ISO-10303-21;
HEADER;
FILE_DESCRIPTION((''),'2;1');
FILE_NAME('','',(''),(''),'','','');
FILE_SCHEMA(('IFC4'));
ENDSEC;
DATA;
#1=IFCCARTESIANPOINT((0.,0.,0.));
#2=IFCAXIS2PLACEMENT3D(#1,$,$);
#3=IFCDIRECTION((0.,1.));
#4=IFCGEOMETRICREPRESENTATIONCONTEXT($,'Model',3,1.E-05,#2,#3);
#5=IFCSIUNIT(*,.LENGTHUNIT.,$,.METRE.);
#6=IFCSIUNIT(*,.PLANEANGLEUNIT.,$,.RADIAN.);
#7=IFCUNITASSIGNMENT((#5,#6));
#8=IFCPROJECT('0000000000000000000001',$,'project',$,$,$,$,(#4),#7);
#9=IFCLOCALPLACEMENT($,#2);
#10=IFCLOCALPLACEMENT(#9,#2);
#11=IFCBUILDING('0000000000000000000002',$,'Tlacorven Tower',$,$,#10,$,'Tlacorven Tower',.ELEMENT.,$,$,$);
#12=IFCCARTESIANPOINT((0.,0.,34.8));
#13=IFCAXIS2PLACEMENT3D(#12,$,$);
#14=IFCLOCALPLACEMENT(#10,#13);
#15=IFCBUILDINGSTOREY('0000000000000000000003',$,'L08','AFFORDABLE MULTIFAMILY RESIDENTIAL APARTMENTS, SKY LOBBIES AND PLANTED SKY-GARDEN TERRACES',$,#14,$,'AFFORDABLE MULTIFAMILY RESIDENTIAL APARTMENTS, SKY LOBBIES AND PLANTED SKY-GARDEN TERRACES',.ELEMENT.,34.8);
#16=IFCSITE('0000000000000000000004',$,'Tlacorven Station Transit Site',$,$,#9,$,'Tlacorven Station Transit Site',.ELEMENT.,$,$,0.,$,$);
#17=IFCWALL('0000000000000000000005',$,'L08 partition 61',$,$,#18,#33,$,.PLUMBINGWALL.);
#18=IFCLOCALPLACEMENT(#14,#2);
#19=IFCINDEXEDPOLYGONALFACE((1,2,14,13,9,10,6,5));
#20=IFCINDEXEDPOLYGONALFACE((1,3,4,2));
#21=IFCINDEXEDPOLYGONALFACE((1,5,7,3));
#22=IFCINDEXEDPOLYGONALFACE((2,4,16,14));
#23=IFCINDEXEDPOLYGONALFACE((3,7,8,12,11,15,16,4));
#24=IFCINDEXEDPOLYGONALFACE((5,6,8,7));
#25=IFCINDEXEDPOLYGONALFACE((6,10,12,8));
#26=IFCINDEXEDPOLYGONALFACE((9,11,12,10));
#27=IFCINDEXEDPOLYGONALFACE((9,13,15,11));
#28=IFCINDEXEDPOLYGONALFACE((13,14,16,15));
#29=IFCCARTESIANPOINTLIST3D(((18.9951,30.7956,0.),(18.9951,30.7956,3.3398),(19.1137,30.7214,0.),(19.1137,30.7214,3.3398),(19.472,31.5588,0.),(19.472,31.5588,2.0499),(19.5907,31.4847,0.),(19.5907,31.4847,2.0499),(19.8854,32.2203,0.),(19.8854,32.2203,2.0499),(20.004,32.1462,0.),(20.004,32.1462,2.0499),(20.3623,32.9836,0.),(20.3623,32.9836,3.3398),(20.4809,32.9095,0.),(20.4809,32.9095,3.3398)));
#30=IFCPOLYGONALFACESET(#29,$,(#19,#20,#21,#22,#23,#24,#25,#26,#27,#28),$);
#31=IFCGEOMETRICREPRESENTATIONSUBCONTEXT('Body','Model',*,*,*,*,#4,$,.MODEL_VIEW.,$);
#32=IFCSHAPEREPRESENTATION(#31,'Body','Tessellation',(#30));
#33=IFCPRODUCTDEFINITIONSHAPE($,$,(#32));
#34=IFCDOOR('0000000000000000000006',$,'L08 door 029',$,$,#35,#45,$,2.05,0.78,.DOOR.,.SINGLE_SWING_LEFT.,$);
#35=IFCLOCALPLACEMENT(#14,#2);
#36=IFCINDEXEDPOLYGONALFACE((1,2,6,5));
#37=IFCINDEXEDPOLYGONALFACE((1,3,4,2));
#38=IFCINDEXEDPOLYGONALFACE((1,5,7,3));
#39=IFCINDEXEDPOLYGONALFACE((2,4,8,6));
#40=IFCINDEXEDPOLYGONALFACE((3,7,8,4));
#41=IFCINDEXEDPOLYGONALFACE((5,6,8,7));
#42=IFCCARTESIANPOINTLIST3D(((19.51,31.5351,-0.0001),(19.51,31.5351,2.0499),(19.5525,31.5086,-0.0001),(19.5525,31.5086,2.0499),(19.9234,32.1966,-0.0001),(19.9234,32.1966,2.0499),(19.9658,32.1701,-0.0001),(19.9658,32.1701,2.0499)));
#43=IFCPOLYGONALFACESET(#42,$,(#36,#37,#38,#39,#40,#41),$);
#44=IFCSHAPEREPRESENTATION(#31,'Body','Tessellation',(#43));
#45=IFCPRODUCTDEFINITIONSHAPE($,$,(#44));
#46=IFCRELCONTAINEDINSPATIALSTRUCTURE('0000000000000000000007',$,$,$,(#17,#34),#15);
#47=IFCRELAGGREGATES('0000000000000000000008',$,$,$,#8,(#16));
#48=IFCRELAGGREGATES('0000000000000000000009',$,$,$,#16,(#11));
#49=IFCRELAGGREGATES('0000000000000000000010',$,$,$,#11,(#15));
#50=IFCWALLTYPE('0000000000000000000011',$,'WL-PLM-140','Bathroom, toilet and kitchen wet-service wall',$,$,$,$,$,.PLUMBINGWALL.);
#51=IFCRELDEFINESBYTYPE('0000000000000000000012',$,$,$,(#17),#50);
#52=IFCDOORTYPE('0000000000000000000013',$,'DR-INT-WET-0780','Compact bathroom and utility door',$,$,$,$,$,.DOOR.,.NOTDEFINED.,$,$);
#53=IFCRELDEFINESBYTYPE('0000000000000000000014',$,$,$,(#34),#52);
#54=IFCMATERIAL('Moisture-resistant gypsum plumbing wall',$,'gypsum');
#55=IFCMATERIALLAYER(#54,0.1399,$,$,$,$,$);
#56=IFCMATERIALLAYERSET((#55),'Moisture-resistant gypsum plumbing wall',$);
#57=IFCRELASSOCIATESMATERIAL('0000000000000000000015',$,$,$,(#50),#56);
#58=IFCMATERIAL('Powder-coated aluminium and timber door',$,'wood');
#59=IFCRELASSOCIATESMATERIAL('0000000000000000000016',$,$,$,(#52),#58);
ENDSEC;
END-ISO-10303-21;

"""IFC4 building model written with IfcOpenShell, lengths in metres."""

from ifc_helpers import new_model, si_unit, direction, frame, frame_2d, origin, place, context, subcontext, project, spatial, rectangle, extrude, source, transform, mapped, material, layer, layer_set, type_object, element, fill, save


model = new_model("IFC4")

# Units and contexts
model_context = context("Model", 3, precision=1e-05, world=origin(), true_north=direction((0.0, 1.0)))
body_context = subcontext(model_context, "Body", "Model", "MODEL_VIEW")
ifc_project = project(units=[si_unit("LENGTHUNIT", "METRE"), si_unit("PLANEANGLEUNIT", "RADIAN")], contexts=[model_context])

# Site, building, storey
site_placement = place(None, origin())
site = spatial("IfcSite", under=ifc_project, at=site_placement, Name="Tlacorven Station Transit Site", LongName="Tlacorven Station Transit Site", CompositionType="ELEMENT", RefElevation=0.0)
building_placement = place(site_placement, origin())
building = spatial("IfcBuilding", under=site, at=building_placement, Name="Tlacorven Tower", LongName="Tlacorven Tower", CompositionType="ELEMENT")
storey_placement = place(building_placement, frame((0.0, 0.0, 34.8)))
storey = spatial("IfcBuildingStorey", under=building, at=storey_placement, Name="L08", Description="AFFORDABLE MULTIFAMILY RESIDENTIAL APARTMENTS, SKY LOBBIES AND PLANTED SKY-GARDEN TERRACES", LongName="AFFORDABLE MULTIFAMILY RESIDENTIAL APARTMENTS, SKY LOBBIES AND PLANTED SKY-GARDEN TERRACES", CompositionType="ELEMENT", Elevation=34.8)

# Wall, opening, door
ifc_material_1 = material(Name="Moisture-resistant gypsum plumbing wall", Category="gypsum")
ifc_layer_1 = layer(ifc_material_1, 0.1399)
ifc_layer_set_1 = layer_set([ifc_layer_1], Name="Moisture-resistant gypsum plumbing wall")
wall_type_1 = type_object("IfcWallType", Name="WL-PLM-140", Description="Bathroom, toilet and kitchen wet-service wall", PredefinedType="PLUMBINGWALL", material=ifc_layer_set_1)
ifc_material_2 = material(Name="Powder-coated aluminium and timber door", Category="wood")
door_type_1 = type_object("IfcDoorType", Name="DR-INT-WET-0780", Description="Compact bathroom and utility door", OperationType="NOTDEFINED", PredefinedType="DOOR", material=ifc_material_2)
shared_shape_1 = source(origin(), body_context, "Body", "SweptSolid", [
    extrude(rectangle(XDim=0.78, YDim=2.05, at=frame_2d((0.3901, 1.0249))), frame((0.0, 0.0249, 0.0), z_axis=(0.0, -1.0, 0.0), x_axis=(1.0, 0.0, 0.0)), (0.0, 0.0, 1.0), 0.05),
])
wall_1_placement = place(storey_placement, frame((20.4216, 32.9465, 0.0), z_axis=(0.0, 0.0, 1.0), x_axis=(-0.529914, -0.848051, 0.0)))
wall_1 = element("IfcWall", 1, at=wall_1_placement, inside=storey, type_object=wall_type_1, Name="L08 partition 61", PredefinedType="PLUMBINGWALL", context=body_context, shape_type="SweptSolid", body=[
    extrude(rectangle(XDim=2.5801, YDim=0.1399, at=frame_2d((1.29, 0.0))), origin(), (0.0, 0.0, 1.0), 3.3398),
])
opening_1_placement = place(wall_1_placement, frame((0.8999, 0.0, 0.0)))
opening_1 = element("IfcOpeningElement", 2, at=opening_1_placement, cuts=wall_1, PredefinedType="OPENING", context=body_context, shape_type="SweptSolid", body=[
    extrude(rectangle(XDim=0.78, YDim=2.05, at=frame_2d((0.3901, 1.0249))), frame((0.0, 0.0801, 0.0), z_axis=(0.0, -1.0, 0.0), x_axis=(1.0, 0.0, 0.0)), (0.0, 0.0, 1.0), 0.1599),
])
door_1_placement = place(opening_1_placement, origin())
door_1 = element("IfcDoor", 3, at=door_1_placement, inside=storey, type_object=door_type_1, Name="L08 door 029", OperationType="SINGLE_SWING_LEFT", OverallHeight=2.05, OverallWidth=0.78, PredefinedType="DOOR", context=body_context, shape_type="MappedRepresentation", body=[
    mapped(shared_shape_1, transform((0.0, 0.0, 0.0), scale=1.0)),
])
fill(opening_1, door_1)

save(model, "model.ifc")
